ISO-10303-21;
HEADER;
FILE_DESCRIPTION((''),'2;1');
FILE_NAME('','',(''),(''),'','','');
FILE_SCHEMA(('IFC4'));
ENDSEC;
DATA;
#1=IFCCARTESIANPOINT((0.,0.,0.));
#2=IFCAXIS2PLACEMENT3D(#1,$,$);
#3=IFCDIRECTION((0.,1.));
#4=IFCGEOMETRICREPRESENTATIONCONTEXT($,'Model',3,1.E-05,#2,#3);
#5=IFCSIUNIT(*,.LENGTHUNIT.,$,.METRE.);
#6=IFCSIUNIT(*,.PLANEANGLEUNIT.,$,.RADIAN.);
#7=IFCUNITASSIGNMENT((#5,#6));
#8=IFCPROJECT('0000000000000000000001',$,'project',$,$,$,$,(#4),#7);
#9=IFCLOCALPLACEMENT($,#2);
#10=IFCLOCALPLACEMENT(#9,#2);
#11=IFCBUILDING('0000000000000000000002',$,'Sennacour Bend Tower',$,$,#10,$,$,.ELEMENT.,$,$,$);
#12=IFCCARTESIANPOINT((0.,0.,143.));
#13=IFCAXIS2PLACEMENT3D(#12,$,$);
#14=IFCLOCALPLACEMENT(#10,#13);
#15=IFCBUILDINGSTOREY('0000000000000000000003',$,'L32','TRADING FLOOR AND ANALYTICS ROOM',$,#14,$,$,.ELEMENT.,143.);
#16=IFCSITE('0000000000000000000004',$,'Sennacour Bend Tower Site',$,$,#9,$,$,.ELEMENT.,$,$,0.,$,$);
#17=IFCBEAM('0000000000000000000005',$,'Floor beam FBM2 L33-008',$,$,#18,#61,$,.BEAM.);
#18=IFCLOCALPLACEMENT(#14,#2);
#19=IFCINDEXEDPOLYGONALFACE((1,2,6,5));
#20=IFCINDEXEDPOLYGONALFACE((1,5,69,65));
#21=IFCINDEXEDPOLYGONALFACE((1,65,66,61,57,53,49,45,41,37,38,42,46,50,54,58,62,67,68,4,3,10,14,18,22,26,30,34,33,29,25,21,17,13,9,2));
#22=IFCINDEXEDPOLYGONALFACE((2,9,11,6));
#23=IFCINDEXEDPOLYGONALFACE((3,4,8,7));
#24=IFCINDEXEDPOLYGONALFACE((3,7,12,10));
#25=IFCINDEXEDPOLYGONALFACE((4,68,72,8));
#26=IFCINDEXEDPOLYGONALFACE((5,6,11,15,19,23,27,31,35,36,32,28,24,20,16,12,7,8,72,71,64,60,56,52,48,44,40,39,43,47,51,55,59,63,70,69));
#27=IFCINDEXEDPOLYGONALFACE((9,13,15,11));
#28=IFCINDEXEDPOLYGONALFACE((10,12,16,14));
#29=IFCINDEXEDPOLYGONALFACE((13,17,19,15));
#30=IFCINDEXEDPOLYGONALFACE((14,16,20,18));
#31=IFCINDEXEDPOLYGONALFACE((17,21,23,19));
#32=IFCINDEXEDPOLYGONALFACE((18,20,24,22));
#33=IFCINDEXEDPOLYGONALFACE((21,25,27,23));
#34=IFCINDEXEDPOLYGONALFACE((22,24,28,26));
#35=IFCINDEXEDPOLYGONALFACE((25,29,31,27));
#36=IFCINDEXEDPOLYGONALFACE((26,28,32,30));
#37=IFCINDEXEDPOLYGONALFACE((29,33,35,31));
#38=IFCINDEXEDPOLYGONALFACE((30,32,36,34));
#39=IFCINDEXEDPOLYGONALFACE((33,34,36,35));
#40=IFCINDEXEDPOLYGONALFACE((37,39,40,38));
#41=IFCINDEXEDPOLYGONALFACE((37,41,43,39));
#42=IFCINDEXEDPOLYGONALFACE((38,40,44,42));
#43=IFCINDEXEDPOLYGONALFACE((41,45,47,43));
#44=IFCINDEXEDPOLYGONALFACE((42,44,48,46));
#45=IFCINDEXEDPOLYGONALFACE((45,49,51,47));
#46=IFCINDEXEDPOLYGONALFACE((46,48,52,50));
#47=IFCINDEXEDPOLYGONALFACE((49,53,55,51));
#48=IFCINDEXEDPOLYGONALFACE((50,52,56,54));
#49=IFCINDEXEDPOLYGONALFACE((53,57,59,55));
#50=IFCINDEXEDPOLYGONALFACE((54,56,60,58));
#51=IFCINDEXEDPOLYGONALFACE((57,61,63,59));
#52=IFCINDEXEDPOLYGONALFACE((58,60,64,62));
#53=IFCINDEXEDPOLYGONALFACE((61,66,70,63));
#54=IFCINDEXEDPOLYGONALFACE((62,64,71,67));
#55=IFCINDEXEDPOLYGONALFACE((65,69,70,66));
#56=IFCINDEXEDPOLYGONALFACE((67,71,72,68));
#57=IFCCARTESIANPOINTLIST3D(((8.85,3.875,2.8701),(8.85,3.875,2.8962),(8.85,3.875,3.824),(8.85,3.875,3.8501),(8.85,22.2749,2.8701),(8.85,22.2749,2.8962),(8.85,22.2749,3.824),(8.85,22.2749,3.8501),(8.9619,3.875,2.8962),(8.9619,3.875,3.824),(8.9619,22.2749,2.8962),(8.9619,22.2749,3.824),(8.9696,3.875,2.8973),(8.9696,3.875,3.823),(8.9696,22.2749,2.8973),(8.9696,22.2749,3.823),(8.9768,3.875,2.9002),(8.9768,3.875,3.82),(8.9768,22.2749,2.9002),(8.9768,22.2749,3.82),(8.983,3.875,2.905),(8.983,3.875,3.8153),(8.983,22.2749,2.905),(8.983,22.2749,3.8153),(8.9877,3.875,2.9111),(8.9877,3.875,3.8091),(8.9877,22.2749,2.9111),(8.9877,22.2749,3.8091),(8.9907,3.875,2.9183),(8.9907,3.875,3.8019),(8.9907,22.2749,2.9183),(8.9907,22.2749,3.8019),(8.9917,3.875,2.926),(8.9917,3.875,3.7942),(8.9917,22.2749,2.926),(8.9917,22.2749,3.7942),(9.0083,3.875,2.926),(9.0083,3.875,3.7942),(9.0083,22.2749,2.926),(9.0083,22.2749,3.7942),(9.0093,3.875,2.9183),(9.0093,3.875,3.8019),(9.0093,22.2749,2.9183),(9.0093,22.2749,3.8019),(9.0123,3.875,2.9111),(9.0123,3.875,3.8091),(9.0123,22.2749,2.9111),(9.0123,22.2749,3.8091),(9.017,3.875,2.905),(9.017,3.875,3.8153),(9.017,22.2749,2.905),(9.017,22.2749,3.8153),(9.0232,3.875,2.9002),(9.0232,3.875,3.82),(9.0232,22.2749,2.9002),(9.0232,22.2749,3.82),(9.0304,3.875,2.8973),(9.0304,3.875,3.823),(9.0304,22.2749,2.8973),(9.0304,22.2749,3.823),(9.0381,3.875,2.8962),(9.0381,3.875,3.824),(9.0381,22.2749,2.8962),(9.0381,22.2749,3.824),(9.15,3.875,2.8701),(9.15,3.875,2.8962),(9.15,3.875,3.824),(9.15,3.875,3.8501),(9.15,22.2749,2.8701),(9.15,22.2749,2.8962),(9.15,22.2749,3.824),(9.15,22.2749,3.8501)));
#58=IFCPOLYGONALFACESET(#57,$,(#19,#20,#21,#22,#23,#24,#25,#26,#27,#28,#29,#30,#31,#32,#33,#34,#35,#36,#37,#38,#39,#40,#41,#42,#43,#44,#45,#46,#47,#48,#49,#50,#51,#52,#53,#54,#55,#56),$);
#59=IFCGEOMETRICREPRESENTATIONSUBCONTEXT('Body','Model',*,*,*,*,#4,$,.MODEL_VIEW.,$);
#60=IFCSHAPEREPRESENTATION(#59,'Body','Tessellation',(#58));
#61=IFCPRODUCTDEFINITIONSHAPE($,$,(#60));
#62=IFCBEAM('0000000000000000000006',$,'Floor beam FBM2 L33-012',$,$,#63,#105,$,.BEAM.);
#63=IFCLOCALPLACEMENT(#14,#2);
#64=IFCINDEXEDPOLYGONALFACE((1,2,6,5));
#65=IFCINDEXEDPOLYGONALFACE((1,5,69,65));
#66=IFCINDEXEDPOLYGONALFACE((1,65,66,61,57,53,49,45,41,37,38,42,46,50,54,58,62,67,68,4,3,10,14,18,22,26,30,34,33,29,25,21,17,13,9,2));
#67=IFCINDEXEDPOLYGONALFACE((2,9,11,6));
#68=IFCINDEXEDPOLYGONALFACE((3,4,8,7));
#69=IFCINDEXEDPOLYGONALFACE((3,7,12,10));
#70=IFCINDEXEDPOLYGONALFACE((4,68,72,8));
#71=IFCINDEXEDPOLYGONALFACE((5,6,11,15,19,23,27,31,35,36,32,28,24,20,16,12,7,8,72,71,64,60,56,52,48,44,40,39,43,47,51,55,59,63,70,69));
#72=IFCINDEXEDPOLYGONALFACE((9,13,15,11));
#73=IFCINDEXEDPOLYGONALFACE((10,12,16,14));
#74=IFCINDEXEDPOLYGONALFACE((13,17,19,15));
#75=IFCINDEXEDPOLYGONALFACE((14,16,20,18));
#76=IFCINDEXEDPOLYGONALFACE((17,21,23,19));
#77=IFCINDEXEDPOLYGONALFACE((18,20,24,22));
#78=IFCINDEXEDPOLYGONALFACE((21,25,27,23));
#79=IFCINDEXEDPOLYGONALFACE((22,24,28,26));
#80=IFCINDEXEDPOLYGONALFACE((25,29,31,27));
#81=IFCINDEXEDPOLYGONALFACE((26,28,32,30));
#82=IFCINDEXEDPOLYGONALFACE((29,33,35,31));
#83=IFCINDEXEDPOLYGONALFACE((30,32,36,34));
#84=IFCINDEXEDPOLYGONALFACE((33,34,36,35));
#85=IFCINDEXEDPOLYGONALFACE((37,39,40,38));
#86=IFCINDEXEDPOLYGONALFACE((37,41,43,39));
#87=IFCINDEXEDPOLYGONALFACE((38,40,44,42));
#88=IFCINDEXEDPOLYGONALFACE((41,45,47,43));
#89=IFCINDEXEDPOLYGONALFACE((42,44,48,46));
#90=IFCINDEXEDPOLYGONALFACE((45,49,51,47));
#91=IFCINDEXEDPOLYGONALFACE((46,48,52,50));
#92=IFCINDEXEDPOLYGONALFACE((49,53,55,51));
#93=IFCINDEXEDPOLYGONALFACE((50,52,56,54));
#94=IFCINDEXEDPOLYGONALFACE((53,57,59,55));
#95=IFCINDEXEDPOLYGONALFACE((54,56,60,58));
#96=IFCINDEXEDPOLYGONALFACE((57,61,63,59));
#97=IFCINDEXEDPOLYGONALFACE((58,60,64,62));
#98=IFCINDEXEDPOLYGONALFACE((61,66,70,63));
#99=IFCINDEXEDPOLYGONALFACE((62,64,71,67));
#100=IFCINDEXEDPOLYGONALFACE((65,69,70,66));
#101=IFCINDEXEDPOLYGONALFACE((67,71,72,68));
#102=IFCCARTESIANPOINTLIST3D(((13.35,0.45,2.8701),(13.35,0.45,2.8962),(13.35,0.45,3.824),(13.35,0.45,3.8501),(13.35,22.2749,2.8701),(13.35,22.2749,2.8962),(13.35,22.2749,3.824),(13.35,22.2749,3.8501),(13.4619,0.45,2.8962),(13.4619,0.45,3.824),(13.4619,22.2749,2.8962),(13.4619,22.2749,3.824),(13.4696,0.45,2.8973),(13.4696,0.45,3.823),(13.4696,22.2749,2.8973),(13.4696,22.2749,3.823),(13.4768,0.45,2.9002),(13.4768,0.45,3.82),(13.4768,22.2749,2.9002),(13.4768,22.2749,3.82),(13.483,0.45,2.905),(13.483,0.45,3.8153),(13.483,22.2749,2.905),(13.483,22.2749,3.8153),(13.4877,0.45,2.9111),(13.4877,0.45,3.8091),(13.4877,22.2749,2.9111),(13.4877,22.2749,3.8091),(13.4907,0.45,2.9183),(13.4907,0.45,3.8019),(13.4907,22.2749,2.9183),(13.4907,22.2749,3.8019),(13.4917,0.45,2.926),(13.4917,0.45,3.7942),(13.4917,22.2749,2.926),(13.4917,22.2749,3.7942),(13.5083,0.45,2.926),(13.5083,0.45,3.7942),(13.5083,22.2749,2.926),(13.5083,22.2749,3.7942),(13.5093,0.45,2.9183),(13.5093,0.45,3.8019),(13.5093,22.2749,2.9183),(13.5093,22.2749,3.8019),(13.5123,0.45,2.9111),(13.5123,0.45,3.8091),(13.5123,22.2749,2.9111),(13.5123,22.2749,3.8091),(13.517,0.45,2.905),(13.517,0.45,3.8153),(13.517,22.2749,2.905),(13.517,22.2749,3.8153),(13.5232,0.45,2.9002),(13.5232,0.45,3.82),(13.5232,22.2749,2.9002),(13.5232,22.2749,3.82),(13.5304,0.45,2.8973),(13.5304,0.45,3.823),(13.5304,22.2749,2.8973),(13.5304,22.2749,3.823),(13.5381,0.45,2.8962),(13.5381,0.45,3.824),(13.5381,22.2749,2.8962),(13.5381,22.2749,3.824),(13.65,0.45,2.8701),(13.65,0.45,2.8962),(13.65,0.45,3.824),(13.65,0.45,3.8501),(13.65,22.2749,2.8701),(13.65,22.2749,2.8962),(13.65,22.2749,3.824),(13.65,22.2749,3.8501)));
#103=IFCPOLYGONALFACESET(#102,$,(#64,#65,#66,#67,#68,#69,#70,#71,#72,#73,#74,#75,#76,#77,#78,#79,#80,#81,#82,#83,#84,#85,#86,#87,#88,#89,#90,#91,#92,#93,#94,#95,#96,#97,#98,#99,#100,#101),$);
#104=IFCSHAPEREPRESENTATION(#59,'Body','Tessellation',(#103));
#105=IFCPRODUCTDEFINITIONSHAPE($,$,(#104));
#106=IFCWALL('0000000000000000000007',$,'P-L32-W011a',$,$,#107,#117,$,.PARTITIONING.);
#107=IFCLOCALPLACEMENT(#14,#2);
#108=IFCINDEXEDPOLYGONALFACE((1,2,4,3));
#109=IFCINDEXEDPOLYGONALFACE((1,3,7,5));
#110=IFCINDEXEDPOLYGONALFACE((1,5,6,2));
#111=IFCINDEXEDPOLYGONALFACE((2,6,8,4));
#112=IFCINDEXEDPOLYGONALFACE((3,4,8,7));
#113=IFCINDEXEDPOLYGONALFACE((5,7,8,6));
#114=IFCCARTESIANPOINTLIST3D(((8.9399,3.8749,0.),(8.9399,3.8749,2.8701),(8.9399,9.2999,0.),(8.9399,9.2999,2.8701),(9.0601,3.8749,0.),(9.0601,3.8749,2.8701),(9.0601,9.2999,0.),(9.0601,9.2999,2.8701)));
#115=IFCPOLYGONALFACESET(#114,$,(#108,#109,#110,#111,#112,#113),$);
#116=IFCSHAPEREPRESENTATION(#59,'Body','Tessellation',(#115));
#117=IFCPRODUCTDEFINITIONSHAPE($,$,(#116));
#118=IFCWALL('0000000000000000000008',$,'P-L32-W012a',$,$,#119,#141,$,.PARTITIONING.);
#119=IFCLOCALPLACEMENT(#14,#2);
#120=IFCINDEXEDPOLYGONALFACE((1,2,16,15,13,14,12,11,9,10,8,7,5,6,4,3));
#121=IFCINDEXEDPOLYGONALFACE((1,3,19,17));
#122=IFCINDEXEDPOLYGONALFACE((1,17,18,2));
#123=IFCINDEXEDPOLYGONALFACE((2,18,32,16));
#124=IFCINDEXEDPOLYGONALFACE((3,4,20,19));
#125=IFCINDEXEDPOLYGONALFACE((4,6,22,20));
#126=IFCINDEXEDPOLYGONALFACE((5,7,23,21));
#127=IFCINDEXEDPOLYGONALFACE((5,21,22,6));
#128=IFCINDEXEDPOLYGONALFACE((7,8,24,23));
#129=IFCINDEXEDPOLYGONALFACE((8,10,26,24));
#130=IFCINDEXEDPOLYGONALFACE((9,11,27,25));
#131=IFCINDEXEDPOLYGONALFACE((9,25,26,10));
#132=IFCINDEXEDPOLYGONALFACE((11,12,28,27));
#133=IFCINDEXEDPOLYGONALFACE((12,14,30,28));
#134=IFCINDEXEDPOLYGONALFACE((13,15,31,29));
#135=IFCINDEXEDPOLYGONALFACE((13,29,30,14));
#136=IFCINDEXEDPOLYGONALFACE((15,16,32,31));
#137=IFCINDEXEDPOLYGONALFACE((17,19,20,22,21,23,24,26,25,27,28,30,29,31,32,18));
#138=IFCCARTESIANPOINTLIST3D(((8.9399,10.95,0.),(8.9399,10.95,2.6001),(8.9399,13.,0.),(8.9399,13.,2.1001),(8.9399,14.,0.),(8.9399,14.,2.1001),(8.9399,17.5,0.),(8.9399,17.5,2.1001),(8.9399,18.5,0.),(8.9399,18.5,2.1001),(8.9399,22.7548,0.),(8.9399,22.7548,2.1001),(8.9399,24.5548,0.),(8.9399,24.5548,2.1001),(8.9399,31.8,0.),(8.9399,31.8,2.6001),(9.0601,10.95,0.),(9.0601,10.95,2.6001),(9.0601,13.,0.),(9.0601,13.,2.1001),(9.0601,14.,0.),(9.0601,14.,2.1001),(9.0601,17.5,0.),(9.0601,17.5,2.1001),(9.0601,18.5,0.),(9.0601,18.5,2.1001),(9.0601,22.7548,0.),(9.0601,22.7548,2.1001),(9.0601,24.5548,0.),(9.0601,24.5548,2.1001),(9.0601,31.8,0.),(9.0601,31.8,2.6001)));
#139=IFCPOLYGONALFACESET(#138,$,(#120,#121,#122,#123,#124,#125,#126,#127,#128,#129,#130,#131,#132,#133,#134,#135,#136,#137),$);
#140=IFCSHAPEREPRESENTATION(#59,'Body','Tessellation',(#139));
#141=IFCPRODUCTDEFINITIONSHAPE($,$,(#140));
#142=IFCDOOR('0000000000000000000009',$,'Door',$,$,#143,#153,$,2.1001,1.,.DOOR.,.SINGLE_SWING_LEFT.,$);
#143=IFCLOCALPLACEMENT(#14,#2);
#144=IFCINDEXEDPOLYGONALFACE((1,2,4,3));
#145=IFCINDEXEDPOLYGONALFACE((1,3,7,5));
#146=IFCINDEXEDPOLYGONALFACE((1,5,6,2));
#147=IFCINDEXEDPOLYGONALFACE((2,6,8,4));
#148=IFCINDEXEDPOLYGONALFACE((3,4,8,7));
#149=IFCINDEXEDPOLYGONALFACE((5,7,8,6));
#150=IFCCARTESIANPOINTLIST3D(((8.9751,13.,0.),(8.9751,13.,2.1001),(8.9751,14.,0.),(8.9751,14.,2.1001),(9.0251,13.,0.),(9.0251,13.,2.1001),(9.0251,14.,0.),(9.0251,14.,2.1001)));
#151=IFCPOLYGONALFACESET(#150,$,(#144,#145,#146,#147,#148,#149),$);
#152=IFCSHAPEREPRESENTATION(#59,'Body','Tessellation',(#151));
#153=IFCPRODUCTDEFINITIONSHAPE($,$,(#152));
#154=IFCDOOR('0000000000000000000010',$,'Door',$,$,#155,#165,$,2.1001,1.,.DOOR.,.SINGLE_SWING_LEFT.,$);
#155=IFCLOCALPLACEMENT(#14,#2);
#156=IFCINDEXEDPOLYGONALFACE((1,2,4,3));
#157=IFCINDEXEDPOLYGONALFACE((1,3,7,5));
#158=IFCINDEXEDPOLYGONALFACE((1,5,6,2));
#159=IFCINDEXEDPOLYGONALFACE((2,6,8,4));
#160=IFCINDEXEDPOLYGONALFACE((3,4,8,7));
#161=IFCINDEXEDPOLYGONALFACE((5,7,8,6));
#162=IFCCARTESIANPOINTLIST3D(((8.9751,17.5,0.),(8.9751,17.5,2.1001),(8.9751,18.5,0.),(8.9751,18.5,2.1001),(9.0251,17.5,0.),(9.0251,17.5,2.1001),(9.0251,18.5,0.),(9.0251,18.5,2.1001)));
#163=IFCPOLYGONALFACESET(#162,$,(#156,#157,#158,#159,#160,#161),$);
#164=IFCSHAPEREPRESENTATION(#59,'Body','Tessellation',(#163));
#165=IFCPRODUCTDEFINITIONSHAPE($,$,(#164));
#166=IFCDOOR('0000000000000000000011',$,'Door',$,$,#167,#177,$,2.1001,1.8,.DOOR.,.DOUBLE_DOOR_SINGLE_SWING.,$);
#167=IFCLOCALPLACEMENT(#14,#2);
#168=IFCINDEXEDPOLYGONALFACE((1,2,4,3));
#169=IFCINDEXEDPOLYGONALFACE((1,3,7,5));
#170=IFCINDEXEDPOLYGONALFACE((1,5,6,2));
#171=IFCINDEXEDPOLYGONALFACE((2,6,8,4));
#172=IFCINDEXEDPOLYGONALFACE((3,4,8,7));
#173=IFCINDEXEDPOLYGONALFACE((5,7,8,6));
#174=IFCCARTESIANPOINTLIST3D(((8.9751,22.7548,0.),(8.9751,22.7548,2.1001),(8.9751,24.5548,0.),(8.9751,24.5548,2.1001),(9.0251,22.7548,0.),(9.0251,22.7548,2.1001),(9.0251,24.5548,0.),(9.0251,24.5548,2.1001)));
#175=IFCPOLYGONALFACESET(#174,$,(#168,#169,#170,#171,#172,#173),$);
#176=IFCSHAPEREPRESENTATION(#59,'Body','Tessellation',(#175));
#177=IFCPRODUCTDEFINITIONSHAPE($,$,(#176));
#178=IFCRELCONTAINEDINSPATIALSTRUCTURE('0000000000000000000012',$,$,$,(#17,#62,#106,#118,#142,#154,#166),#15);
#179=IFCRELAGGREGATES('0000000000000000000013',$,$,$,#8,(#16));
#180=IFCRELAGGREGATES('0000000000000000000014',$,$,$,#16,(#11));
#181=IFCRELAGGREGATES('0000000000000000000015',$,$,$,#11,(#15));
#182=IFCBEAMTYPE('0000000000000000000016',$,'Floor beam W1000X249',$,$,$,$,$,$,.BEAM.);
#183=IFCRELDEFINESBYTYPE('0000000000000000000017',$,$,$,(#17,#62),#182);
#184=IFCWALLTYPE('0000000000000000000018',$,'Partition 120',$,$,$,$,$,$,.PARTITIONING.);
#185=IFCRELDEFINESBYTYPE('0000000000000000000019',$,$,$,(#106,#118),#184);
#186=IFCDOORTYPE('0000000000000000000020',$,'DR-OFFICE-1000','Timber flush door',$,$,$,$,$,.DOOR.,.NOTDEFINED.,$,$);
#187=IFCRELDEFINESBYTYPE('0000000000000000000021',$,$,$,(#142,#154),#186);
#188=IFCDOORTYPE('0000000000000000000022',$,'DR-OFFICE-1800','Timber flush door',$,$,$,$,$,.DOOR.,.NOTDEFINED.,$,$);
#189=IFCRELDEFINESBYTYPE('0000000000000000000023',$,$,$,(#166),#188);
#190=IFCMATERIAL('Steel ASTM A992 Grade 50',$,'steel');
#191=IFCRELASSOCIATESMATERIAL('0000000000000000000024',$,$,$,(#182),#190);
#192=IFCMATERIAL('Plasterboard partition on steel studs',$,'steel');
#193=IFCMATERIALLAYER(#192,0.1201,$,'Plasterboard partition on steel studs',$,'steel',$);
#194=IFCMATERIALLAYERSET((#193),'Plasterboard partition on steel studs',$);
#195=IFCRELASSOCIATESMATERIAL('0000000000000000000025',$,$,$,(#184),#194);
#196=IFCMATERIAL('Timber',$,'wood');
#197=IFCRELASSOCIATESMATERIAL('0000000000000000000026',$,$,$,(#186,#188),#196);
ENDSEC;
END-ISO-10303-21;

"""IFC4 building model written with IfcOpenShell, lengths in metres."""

from ifc_helpers import new_model, si_unit, direction, frame, frame_2d, origin, origin_2d, place, context, subcontext, project, spatial, rectangle, i_section, extrude, material, layer, layer_set, material_profile, profile_set, type_object, element, fill, save


model = new_model("IFC4")

# Units and contexts
model_context = context("Model", 3, precision=1e-05, world=origin(), true_north=direction((0.0, 1.0)))
body_context = subcontext(model_context, "Body", "Model", "MODEL_VIEW")
ifc_project = project(units=[si_unit("LENGTHUNIT", "METRE"), si_unit("PLANEANGLEUNIT", "RADIAN")], contexts=[model_context])

# Site, building, storey
site_placement = place(None, origin())
site = spatial("IfcSite", under=ifc_project, at=site_placement, Name="Sennacour Bend Tower Site", CompositionType="ELEMENT", RefElevation=0.0)
building_placement = place(site_placement, origin())
building = spatial("IfcBuilding", under=site, at=building_placement, Name="Sennacour Bend Tower", CompositionType="ELEMENT")
storey_placement = place(building_placement, frame((0.0, 0.0, 143.0)))
storey = spatial("IfcBuildingStorey", under=building, at=storey_placement, Name="L32", Description="TRADING FLOOR AND ANALYTICS ROOM", CompositionType="ELEMENT", Elevation=143.0)

# Beams
ifc_material_1 = material(Name="Steel ASTM A992 Grade 50", Category="steel")
ifc_material_profile = material_profile(ifc_material_1, i_section(OverallWidth=0.3, OverallDepth=0.98, WebThickness=0.0166, FlangeThickness=0.0261, FilletRadius=0.0298, at=origin_2d()), Name="Steel ASTM A992 Grade 50", Category="steel")
ifc_profile_set = profile_set([ifc_material_profile], Name="Steel ASTM A992 Grade 50")
beam_type = type_object("IfcBeamType", Name="Floor beam W1000X249", PredefinedType="BEAM", material=ifc_profile_set)
beam_1_placement = place(storey_placement, frame((9.0, 3.875, 3.3601), z_axis=(0.0, 1.0, 0.0), x_axis=(-1.0, 0.0, 0.0)))
element("IfcBeam", 1, at=beam_1_placement, inside=storey, type_object=beam_type, Name="Floor beam FBM2 L33-008", PredefinedType="BEAM", context=body_context, shape_type="SweptSolid", body=[
    extrude(i_section(OverallWidth=0.3, OverallDepth=0.98, WebThickness=0.0166, FlangeThickness=0.0261, FilletRadius=0.0298, at=origin_2d()), origin(), (0.0, 0.0, 1.0), 18.3999),
])
beam_2_placement = place(storey_placement, frame((13.5, 0.45, 3.3601), z_axis=(0.0, 1.0, 0.0), x_axis=(-1.0, 0.0, 0.0)))
element("IfcBeam", 2, at=beam_2_placement, inside=storey, type_object=beam_type, Name="Floor beam FBM2 L33-012", PredefinedType="BEAM", context=body_context, shape_type="SweptSolid", body=[
    extrude(i_section(OverallWidth=0.3, OverallDepth=0.98, WebThickness=0.0166, FlangeThickness=0.0261, FilletRadius=0.0298, at=origin_2d()), origin(), (0.0, 0.0, 1.0), 21.825),
])

# Wall
ifc_material_2 = material(Name="Plasterboard partition on steel studs", Category="steel")
ifc_layer_1 = layer(ifc_material_2, 0.1201, Name="Plasterboard partition on steel studs", Category="steel")
ifc_layer_set_1 = layer_set([ifc_layer_1], Name="Plasterboard partition on steel studs")
wall_type_1 = type_object("IfcWallType", Name="Partition 120", PredefinedType="PARTITIONING", material=ifc_layer_set_1)
wall_1_placement = place(storey_placement, frame((9.0, 3.875, 0.0), z_axis=(0.0, 0.0, 1.0), x_axis=(0.0, 1.0, 0.0)))
element("IfcWall", 3, at=wall_1_placement, inside=storey, type_object=wall_type_1, Name="P-L32-W011a", PredefinedType="PARTITIONING", context=body_context, shape_type="SweptSolid", body=[
    extrude(rectangle(XDim=5.425, YDim=0.1201, at=frame_2d((2.7124, 0.0))), origin(), (0.0, 0.0, 1.0), 2.8701),
])

# Wall, openings, doors
wall_2_placement = place(storey_placement, frame((9.0, 10.95, 0.0), z_axis=(0.0, 0.0, 1.0), x_axis=(0.0, 1.0, 0.0)))
wall_2 = element("IfcWall", 4, at=wall_2_placement, inside=storey, type_object=wall_type_1, Name="P-L32-W012a", PredefinedType="PARTITIONING", context=body_context, shape_type="SweptSolid", body=[
    extrude(rectangle(XDim=20.8501, YDim=0.1201, at=frame_2d((10.425, 0.0))), origin(), (0.0, 0.0, 1.0), 2.6001),
])
opening_1_placement = place(wall_2_placement, frame((2.05, 0.0, 0.0)))
opening_1 = element("IfcOpeningElement", 5, at=opening_1_placement, cuts=wall_2, PredefinedType="OPENING", context=body_context, shape_type="SweptSolid", body=[
    extrude(rectangle(XDim=1.0, YDim=2.1001, at=frame_2d((0.5, 1.05))), frame((0.0, 0.0701, 0.0), z_axis=(0.0, -1.0, 0.0), x_axis=(1.0, 0.0, 0.0)), (0.0, 0.0, 1.0), 0.1401),
])
opening_2_placement = place(wall_2_placement, frame((6.55, 0.0, 0.0)))
opening_2 = element("IfcOpeningElement", 6, at=opening_2_placement, cuts=wall_2, PredefinedType="OPENING", context=body_context, shape_type="SweptSolid", body=[
    extrude(rectangle(XDim=1.0, YDim=2.1001, at=frame_2d((0.5, 1.05))), frame((0.0, 0.0701, 0.0), z_axis=(0.0, -1.0, 0.0), x_axis=(1.0, 0.0, 0.0)), (0.0, 0.0, 1.0), 0.1401),
])
opening_3_placement = place(wall_2_placement, frame((11.8049, 0.0, 0.0)))
opening_3 = element("IfcOpeningElement", 7, at=opening_3_placement, cuts=wall_2, PredefinedType="OPENING", context=body_context, shape_type="SweptSolid", body=[
    extrude(rectangle(XDim=1.8, YDim=2.1001, at=frame_2d((0.8999, 1.05))), frame((0.0, 0.0701, 0.0), z_axis=(0.0, -1.0, 0.0), x_axis=(1.0, 0.0, 0.0)), (0.0, 0.0, 1.0), 0.1401),
])
ifc_material_3 = material(Name="Timber", Category="wood")
door_type_1 = type_object("IfcDoorType", Name="DR-OFFICE-1000", Description="Timber flush door", OperationType="NOTDEFINED", PredefinedType="DOOR", material=ifc_material_3)
door_1_placement = place(opening_1_placement, origin())
door_1 = element("IfcDoor", 8, at=door_1_placement, inside=storey, type_object=door_type_1, Name="Door", OperationType="SINGLE_SWING_LEFT", OverallHeight=2.1001, OverallWidth=1.0, PredefinedType="DOOR", context=body_context, shape_type="SweptSolid", body=[
    extrude(rectangle(XDim=1.0, YDim=2.1001, at=frame_2d((0.5, 1.05))), frame((0.0, 0.0249, 0.0), z_axis=(0.0, -1.0, 0.0), x_axis=(1.0, 0.0, 0.0)), (0.0, 0.0, 1.0), 0.05),
])
fill(opening_1, door_1)
door_2_placement = place(opening_2_placement, origin())
door_2 = element("IfcDoor", 9, at=door_2_placement, inside=storey, type_object=door_type_1, Name="Door", OperationType="SINGLE_SWING_LEFT", OverallHeight=2.1001, OverallWidth=1.0, PredefinedType="DOOR", context=body_context, shape_type="SweptSolid", body=[
    extrude(rectangle(XDim=1.0, YDim=2.1001, at=frame_2d((0.5, 1.05))), frame((0.0, 0.0249, 0.0), z_axis=(0.0, -1.0, 0.0), x_axis=(1.0, 0.0, 0.0)), (0.0, 0.0, 1.0), 0.05),
])
fill(opening_2, door_2)
door_type_2 = type_object("IfcDoorType", Name="DR-OFFICE-1800", Description="Timber flush door", OperationType="NOTDEFINED", PredefinedType="DOOR", material=ifc_material_3)
door_3_placement = place(opening_3_placement, origin())
door_3 = element("IfcDoor", 10, at=door_3_placement, inside=storey, type_object=door_type_2, Name="Door", OperationType="DOUBLE_DOOR_SINGLE_SWING", OverallHeight=2.1001, OverallWidth=1.8, PredefinedType="DOOR", context=body_context, shape_type="SweptSolid", body=[
    extrude(rectangle(XDim=1.8, YDim=2.1001, at=frame_2d((0.8999, 1.05))), frame((0.0, 0.0249, 0.0), z_axis=(0.0, -1.0, 0.0), x_axis=(1.0, 0.0, 0.0)), (0.0, 0.0, 1.0), 0.05),
])
fill(opening_3, door_3)

save(model, "model.ifc")
